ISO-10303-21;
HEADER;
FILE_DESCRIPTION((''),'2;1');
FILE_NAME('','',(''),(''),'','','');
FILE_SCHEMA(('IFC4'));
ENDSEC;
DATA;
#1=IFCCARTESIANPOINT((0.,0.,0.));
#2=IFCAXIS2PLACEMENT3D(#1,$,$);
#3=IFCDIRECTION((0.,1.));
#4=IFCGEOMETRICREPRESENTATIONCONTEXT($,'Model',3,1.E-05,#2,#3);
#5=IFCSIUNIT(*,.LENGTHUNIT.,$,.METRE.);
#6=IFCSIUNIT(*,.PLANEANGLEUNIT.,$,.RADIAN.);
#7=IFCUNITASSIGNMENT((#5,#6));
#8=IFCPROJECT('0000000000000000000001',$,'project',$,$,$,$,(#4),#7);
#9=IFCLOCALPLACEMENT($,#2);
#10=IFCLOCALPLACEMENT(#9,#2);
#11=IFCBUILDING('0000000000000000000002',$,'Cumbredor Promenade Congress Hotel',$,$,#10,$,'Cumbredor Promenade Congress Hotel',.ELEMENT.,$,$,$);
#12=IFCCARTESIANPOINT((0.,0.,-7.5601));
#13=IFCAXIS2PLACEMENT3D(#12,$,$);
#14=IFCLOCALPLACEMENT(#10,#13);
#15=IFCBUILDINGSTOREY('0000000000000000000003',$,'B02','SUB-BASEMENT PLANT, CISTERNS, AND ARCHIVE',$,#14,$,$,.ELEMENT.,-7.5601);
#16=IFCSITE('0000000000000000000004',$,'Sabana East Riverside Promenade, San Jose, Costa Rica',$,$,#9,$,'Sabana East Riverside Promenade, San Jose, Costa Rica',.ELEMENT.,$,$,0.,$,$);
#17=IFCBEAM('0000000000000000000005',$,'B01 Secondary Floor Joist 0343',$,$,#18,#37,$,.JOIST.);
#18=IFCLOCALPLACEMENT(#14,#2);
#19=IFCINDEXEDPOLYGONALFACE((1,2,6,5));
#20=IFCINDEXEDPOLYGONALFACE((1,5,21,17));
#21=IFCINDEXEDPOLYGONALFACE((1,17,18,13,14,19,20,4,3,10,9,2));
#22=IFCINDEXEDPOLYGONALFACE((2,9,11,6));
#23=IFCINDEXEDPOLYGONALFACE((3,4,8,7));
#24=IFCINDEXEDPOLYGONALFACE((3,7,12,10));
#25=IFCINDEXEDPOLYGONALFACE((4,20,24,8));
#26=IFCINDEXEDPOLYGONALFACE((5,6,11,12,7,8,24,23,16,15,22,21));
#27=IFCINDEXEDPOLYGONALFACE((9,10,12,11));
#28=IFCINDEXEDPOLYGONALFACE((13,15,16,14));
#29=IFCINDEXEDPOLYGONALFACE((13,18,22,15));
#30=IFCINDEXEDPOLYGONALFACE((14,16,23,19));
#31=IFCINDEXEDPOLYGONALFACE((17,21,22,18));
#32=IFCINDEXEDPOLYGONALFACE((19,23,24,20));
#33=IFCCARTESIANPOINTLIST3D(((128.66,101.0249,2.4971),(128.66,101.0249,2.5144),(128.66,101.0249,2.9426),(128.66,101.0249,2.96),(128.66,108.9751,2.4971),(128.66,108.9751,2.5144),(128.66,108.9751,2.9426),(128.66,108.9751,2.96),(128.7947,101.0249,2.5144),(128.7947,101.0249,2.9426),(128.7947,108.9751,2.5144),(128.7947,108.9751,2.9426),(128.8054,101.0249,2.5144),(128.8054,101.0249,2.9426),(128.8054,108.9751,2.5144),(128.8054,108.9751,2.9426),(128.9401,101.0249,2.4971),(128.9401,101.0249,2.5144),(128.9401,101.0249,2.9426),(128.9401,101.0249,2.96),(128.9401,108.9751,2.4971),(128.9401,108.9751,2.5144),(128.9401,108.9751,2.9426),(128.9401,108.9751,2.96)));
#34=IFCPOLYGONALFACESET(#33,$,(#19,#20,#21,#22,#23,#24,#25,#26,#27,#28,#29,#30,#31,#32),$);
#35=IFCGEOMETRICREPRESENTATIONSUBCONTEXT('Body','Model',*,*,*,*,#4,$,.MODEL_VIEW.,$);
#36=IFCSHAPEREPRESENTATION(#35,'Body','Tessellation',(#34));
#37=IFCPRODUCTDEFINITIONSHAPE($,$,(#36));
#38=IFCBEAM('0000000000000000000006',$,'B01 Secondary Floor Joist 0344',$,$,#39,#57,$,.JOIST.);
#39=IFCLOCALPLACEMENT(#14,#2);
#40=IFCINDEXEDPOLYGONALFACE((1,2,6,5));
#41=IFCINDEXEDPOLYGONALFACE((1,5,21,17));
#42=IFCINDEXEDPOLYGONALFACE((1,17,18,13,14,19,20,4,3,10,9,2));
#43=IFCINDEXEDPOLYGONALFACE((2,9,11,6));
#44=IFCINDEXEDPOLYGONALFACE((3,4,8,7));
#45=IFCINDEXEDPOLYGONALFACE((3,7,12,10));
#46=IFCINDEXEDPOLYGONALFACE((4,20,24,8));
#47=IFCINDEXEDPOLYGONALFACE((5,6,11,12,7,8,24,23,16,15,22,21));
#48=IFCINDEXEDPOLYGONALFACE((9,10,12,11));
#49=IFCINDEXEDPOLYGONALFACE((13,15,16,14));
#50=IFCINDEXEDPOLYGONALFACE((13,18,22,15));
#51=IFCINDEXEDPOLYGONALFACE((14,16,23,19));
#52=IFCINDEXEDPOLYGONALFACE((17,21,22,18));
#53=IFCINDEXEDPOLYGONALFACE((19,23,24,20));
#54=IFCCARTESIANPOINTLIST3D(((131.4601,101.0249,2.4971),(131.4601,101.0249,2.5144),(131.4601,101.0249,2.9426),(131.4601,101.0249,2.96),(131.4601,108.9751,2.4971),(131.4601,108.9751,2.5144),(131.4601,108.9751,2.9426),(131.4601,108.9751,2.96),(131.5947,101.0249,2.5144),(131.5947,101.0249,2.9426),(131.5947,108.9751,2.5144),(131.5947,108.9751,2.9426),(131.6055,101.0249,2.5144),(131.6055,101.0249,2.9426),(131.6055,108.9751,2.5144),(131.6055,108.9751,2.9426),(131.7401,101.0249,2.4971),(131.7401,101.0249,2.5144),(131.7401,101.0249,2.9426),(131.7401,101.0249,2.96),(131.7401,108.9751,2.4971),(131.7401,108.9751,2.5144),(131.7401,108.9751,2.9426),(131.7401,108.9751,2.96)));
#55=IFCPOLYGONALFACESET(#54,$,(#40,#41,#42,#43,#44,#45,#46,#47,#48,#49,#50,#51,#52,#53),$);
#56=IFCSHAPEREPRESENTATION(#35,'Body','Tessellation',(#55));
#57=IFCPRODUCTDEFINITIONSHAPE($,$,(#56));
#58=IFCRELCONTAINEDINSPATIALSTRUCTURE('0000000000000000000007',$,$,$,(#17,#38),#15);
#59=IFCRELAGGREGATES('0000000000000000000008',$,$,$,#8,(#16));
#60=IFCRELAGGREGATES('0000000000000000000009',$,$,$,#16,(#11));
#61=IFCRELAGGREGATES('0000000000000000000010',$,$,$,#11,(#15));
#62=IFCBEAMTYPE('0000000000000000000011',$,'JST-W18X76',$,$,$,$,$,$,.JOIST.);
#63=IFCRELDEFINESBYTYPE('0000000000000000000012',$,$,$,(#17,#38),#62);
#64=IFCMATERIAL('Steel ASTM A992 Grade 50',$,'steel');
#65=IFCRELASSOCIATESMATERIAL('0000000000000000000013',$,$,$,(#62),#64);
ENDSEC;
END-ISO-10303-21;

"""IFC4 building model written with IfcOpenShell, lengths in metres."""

from ifc_helpers import new_model, si_unit, direction, frame, origin, origin_2d, place, context, subcontext, project, spatial, i_section, extrude, material, material_profile, profile_set, type_object, element, save


model = new_model("IFC4")

# Units and contexts
model_context = context("Model", 3, precision=1e-05, world=origin(), true_north=direction((0.0, 1.0)))
body_context = subcontext(model_context, "Body", "Model", "MODEL_VIEW")
ifc_project = project(units=[si_unit("LENGTHUNIT", "METRE"), si_unit("PLANEANGLEUNIT", "RADIAN")], contexts=[model_context])

# Site, building, storey
site_placement = place(None, origin())
site = spatial("IfcSite", under=ifc_project, at=site_placement, Name="Sabana East Riverside Promenade, San Jose, Costa Rica", LongName="Sabana East Riverside Promenade, San Jose, Costa Rica", CompositionType="ELEMENT", RefElevation=0.0)
building_placement = place(site_placement, origin())
building = spatial("IfcBuilding", under=site, at=building_placement, Name="Cumbredor Promenade Congress Hotel", LongName="Cumbredor Promenade Congress Hotel", CompositionType="ELEMENT")
storey_placement = place(building_placement, frame((0.0, 0.0, -7.5601)))
storey = spatial("IfcBuildingStorey", under=building, at=storey_placement, Name="B02", Description="SUB-BASEMENT PLANT, CISTERNS, AND ARCHIVE", CompositionType="ELEMENT", Elevation=-7.5601)

# Beams
ifc_material_1 = material(Name="Steel ASTM A992 Grade 50", Category="steel")
ifc_material_profile_1 = material_profile(ifc_material_1, i_section(OverallWidth=0.28, OverallDepth=0.4629, WebThickness=0.0107, FlangeThickness=0.0173, at=origin_2d()), Name="W18X76")
ifc_profile_set_1 = profile_set([ifc_material_profile_1], Name="Steel ASTM A992 Grade 50")
beam_type_1 = type_object("IfcBeamType", Name="JST-W18X76", PredefinedType="JOIST", material=ifc_profile_set_1)
for number, where, z_axis, x_axis, name in (
    (1, (128.8, 101.0249, 2.7285), (0.0, 1.0, 0.0), (-1.0, 0.0, 0.0), "B01 Secondary Floor Joist 0343"),
    (2, (131.6001, 101.0249, 2.7285), (0.0, 1.0, 0.0), (-1.0, 0.0, 0.0), "B01 Secondary Floor Joist 0344"),
):
    element("IfcBeam", number, at=place(storey_placement, frame(where, z_axis=z_axis, x_axis=x_axis)), inside=storey, type_object=beam_type_1, Name=name, PredefinedType="JOIST", context=body_context, shape_type="SweptSolid", body=[
        extrude(i_section(OverallWidth=0.28, OverallDepth=0.4629, WebThickness=0.0107, FlangeThickness=0.0173, at=origin_2d()), origin(), (0.0, 0.0, 1.0), 7.9502),
    ])

save(model, "model.ifc")
